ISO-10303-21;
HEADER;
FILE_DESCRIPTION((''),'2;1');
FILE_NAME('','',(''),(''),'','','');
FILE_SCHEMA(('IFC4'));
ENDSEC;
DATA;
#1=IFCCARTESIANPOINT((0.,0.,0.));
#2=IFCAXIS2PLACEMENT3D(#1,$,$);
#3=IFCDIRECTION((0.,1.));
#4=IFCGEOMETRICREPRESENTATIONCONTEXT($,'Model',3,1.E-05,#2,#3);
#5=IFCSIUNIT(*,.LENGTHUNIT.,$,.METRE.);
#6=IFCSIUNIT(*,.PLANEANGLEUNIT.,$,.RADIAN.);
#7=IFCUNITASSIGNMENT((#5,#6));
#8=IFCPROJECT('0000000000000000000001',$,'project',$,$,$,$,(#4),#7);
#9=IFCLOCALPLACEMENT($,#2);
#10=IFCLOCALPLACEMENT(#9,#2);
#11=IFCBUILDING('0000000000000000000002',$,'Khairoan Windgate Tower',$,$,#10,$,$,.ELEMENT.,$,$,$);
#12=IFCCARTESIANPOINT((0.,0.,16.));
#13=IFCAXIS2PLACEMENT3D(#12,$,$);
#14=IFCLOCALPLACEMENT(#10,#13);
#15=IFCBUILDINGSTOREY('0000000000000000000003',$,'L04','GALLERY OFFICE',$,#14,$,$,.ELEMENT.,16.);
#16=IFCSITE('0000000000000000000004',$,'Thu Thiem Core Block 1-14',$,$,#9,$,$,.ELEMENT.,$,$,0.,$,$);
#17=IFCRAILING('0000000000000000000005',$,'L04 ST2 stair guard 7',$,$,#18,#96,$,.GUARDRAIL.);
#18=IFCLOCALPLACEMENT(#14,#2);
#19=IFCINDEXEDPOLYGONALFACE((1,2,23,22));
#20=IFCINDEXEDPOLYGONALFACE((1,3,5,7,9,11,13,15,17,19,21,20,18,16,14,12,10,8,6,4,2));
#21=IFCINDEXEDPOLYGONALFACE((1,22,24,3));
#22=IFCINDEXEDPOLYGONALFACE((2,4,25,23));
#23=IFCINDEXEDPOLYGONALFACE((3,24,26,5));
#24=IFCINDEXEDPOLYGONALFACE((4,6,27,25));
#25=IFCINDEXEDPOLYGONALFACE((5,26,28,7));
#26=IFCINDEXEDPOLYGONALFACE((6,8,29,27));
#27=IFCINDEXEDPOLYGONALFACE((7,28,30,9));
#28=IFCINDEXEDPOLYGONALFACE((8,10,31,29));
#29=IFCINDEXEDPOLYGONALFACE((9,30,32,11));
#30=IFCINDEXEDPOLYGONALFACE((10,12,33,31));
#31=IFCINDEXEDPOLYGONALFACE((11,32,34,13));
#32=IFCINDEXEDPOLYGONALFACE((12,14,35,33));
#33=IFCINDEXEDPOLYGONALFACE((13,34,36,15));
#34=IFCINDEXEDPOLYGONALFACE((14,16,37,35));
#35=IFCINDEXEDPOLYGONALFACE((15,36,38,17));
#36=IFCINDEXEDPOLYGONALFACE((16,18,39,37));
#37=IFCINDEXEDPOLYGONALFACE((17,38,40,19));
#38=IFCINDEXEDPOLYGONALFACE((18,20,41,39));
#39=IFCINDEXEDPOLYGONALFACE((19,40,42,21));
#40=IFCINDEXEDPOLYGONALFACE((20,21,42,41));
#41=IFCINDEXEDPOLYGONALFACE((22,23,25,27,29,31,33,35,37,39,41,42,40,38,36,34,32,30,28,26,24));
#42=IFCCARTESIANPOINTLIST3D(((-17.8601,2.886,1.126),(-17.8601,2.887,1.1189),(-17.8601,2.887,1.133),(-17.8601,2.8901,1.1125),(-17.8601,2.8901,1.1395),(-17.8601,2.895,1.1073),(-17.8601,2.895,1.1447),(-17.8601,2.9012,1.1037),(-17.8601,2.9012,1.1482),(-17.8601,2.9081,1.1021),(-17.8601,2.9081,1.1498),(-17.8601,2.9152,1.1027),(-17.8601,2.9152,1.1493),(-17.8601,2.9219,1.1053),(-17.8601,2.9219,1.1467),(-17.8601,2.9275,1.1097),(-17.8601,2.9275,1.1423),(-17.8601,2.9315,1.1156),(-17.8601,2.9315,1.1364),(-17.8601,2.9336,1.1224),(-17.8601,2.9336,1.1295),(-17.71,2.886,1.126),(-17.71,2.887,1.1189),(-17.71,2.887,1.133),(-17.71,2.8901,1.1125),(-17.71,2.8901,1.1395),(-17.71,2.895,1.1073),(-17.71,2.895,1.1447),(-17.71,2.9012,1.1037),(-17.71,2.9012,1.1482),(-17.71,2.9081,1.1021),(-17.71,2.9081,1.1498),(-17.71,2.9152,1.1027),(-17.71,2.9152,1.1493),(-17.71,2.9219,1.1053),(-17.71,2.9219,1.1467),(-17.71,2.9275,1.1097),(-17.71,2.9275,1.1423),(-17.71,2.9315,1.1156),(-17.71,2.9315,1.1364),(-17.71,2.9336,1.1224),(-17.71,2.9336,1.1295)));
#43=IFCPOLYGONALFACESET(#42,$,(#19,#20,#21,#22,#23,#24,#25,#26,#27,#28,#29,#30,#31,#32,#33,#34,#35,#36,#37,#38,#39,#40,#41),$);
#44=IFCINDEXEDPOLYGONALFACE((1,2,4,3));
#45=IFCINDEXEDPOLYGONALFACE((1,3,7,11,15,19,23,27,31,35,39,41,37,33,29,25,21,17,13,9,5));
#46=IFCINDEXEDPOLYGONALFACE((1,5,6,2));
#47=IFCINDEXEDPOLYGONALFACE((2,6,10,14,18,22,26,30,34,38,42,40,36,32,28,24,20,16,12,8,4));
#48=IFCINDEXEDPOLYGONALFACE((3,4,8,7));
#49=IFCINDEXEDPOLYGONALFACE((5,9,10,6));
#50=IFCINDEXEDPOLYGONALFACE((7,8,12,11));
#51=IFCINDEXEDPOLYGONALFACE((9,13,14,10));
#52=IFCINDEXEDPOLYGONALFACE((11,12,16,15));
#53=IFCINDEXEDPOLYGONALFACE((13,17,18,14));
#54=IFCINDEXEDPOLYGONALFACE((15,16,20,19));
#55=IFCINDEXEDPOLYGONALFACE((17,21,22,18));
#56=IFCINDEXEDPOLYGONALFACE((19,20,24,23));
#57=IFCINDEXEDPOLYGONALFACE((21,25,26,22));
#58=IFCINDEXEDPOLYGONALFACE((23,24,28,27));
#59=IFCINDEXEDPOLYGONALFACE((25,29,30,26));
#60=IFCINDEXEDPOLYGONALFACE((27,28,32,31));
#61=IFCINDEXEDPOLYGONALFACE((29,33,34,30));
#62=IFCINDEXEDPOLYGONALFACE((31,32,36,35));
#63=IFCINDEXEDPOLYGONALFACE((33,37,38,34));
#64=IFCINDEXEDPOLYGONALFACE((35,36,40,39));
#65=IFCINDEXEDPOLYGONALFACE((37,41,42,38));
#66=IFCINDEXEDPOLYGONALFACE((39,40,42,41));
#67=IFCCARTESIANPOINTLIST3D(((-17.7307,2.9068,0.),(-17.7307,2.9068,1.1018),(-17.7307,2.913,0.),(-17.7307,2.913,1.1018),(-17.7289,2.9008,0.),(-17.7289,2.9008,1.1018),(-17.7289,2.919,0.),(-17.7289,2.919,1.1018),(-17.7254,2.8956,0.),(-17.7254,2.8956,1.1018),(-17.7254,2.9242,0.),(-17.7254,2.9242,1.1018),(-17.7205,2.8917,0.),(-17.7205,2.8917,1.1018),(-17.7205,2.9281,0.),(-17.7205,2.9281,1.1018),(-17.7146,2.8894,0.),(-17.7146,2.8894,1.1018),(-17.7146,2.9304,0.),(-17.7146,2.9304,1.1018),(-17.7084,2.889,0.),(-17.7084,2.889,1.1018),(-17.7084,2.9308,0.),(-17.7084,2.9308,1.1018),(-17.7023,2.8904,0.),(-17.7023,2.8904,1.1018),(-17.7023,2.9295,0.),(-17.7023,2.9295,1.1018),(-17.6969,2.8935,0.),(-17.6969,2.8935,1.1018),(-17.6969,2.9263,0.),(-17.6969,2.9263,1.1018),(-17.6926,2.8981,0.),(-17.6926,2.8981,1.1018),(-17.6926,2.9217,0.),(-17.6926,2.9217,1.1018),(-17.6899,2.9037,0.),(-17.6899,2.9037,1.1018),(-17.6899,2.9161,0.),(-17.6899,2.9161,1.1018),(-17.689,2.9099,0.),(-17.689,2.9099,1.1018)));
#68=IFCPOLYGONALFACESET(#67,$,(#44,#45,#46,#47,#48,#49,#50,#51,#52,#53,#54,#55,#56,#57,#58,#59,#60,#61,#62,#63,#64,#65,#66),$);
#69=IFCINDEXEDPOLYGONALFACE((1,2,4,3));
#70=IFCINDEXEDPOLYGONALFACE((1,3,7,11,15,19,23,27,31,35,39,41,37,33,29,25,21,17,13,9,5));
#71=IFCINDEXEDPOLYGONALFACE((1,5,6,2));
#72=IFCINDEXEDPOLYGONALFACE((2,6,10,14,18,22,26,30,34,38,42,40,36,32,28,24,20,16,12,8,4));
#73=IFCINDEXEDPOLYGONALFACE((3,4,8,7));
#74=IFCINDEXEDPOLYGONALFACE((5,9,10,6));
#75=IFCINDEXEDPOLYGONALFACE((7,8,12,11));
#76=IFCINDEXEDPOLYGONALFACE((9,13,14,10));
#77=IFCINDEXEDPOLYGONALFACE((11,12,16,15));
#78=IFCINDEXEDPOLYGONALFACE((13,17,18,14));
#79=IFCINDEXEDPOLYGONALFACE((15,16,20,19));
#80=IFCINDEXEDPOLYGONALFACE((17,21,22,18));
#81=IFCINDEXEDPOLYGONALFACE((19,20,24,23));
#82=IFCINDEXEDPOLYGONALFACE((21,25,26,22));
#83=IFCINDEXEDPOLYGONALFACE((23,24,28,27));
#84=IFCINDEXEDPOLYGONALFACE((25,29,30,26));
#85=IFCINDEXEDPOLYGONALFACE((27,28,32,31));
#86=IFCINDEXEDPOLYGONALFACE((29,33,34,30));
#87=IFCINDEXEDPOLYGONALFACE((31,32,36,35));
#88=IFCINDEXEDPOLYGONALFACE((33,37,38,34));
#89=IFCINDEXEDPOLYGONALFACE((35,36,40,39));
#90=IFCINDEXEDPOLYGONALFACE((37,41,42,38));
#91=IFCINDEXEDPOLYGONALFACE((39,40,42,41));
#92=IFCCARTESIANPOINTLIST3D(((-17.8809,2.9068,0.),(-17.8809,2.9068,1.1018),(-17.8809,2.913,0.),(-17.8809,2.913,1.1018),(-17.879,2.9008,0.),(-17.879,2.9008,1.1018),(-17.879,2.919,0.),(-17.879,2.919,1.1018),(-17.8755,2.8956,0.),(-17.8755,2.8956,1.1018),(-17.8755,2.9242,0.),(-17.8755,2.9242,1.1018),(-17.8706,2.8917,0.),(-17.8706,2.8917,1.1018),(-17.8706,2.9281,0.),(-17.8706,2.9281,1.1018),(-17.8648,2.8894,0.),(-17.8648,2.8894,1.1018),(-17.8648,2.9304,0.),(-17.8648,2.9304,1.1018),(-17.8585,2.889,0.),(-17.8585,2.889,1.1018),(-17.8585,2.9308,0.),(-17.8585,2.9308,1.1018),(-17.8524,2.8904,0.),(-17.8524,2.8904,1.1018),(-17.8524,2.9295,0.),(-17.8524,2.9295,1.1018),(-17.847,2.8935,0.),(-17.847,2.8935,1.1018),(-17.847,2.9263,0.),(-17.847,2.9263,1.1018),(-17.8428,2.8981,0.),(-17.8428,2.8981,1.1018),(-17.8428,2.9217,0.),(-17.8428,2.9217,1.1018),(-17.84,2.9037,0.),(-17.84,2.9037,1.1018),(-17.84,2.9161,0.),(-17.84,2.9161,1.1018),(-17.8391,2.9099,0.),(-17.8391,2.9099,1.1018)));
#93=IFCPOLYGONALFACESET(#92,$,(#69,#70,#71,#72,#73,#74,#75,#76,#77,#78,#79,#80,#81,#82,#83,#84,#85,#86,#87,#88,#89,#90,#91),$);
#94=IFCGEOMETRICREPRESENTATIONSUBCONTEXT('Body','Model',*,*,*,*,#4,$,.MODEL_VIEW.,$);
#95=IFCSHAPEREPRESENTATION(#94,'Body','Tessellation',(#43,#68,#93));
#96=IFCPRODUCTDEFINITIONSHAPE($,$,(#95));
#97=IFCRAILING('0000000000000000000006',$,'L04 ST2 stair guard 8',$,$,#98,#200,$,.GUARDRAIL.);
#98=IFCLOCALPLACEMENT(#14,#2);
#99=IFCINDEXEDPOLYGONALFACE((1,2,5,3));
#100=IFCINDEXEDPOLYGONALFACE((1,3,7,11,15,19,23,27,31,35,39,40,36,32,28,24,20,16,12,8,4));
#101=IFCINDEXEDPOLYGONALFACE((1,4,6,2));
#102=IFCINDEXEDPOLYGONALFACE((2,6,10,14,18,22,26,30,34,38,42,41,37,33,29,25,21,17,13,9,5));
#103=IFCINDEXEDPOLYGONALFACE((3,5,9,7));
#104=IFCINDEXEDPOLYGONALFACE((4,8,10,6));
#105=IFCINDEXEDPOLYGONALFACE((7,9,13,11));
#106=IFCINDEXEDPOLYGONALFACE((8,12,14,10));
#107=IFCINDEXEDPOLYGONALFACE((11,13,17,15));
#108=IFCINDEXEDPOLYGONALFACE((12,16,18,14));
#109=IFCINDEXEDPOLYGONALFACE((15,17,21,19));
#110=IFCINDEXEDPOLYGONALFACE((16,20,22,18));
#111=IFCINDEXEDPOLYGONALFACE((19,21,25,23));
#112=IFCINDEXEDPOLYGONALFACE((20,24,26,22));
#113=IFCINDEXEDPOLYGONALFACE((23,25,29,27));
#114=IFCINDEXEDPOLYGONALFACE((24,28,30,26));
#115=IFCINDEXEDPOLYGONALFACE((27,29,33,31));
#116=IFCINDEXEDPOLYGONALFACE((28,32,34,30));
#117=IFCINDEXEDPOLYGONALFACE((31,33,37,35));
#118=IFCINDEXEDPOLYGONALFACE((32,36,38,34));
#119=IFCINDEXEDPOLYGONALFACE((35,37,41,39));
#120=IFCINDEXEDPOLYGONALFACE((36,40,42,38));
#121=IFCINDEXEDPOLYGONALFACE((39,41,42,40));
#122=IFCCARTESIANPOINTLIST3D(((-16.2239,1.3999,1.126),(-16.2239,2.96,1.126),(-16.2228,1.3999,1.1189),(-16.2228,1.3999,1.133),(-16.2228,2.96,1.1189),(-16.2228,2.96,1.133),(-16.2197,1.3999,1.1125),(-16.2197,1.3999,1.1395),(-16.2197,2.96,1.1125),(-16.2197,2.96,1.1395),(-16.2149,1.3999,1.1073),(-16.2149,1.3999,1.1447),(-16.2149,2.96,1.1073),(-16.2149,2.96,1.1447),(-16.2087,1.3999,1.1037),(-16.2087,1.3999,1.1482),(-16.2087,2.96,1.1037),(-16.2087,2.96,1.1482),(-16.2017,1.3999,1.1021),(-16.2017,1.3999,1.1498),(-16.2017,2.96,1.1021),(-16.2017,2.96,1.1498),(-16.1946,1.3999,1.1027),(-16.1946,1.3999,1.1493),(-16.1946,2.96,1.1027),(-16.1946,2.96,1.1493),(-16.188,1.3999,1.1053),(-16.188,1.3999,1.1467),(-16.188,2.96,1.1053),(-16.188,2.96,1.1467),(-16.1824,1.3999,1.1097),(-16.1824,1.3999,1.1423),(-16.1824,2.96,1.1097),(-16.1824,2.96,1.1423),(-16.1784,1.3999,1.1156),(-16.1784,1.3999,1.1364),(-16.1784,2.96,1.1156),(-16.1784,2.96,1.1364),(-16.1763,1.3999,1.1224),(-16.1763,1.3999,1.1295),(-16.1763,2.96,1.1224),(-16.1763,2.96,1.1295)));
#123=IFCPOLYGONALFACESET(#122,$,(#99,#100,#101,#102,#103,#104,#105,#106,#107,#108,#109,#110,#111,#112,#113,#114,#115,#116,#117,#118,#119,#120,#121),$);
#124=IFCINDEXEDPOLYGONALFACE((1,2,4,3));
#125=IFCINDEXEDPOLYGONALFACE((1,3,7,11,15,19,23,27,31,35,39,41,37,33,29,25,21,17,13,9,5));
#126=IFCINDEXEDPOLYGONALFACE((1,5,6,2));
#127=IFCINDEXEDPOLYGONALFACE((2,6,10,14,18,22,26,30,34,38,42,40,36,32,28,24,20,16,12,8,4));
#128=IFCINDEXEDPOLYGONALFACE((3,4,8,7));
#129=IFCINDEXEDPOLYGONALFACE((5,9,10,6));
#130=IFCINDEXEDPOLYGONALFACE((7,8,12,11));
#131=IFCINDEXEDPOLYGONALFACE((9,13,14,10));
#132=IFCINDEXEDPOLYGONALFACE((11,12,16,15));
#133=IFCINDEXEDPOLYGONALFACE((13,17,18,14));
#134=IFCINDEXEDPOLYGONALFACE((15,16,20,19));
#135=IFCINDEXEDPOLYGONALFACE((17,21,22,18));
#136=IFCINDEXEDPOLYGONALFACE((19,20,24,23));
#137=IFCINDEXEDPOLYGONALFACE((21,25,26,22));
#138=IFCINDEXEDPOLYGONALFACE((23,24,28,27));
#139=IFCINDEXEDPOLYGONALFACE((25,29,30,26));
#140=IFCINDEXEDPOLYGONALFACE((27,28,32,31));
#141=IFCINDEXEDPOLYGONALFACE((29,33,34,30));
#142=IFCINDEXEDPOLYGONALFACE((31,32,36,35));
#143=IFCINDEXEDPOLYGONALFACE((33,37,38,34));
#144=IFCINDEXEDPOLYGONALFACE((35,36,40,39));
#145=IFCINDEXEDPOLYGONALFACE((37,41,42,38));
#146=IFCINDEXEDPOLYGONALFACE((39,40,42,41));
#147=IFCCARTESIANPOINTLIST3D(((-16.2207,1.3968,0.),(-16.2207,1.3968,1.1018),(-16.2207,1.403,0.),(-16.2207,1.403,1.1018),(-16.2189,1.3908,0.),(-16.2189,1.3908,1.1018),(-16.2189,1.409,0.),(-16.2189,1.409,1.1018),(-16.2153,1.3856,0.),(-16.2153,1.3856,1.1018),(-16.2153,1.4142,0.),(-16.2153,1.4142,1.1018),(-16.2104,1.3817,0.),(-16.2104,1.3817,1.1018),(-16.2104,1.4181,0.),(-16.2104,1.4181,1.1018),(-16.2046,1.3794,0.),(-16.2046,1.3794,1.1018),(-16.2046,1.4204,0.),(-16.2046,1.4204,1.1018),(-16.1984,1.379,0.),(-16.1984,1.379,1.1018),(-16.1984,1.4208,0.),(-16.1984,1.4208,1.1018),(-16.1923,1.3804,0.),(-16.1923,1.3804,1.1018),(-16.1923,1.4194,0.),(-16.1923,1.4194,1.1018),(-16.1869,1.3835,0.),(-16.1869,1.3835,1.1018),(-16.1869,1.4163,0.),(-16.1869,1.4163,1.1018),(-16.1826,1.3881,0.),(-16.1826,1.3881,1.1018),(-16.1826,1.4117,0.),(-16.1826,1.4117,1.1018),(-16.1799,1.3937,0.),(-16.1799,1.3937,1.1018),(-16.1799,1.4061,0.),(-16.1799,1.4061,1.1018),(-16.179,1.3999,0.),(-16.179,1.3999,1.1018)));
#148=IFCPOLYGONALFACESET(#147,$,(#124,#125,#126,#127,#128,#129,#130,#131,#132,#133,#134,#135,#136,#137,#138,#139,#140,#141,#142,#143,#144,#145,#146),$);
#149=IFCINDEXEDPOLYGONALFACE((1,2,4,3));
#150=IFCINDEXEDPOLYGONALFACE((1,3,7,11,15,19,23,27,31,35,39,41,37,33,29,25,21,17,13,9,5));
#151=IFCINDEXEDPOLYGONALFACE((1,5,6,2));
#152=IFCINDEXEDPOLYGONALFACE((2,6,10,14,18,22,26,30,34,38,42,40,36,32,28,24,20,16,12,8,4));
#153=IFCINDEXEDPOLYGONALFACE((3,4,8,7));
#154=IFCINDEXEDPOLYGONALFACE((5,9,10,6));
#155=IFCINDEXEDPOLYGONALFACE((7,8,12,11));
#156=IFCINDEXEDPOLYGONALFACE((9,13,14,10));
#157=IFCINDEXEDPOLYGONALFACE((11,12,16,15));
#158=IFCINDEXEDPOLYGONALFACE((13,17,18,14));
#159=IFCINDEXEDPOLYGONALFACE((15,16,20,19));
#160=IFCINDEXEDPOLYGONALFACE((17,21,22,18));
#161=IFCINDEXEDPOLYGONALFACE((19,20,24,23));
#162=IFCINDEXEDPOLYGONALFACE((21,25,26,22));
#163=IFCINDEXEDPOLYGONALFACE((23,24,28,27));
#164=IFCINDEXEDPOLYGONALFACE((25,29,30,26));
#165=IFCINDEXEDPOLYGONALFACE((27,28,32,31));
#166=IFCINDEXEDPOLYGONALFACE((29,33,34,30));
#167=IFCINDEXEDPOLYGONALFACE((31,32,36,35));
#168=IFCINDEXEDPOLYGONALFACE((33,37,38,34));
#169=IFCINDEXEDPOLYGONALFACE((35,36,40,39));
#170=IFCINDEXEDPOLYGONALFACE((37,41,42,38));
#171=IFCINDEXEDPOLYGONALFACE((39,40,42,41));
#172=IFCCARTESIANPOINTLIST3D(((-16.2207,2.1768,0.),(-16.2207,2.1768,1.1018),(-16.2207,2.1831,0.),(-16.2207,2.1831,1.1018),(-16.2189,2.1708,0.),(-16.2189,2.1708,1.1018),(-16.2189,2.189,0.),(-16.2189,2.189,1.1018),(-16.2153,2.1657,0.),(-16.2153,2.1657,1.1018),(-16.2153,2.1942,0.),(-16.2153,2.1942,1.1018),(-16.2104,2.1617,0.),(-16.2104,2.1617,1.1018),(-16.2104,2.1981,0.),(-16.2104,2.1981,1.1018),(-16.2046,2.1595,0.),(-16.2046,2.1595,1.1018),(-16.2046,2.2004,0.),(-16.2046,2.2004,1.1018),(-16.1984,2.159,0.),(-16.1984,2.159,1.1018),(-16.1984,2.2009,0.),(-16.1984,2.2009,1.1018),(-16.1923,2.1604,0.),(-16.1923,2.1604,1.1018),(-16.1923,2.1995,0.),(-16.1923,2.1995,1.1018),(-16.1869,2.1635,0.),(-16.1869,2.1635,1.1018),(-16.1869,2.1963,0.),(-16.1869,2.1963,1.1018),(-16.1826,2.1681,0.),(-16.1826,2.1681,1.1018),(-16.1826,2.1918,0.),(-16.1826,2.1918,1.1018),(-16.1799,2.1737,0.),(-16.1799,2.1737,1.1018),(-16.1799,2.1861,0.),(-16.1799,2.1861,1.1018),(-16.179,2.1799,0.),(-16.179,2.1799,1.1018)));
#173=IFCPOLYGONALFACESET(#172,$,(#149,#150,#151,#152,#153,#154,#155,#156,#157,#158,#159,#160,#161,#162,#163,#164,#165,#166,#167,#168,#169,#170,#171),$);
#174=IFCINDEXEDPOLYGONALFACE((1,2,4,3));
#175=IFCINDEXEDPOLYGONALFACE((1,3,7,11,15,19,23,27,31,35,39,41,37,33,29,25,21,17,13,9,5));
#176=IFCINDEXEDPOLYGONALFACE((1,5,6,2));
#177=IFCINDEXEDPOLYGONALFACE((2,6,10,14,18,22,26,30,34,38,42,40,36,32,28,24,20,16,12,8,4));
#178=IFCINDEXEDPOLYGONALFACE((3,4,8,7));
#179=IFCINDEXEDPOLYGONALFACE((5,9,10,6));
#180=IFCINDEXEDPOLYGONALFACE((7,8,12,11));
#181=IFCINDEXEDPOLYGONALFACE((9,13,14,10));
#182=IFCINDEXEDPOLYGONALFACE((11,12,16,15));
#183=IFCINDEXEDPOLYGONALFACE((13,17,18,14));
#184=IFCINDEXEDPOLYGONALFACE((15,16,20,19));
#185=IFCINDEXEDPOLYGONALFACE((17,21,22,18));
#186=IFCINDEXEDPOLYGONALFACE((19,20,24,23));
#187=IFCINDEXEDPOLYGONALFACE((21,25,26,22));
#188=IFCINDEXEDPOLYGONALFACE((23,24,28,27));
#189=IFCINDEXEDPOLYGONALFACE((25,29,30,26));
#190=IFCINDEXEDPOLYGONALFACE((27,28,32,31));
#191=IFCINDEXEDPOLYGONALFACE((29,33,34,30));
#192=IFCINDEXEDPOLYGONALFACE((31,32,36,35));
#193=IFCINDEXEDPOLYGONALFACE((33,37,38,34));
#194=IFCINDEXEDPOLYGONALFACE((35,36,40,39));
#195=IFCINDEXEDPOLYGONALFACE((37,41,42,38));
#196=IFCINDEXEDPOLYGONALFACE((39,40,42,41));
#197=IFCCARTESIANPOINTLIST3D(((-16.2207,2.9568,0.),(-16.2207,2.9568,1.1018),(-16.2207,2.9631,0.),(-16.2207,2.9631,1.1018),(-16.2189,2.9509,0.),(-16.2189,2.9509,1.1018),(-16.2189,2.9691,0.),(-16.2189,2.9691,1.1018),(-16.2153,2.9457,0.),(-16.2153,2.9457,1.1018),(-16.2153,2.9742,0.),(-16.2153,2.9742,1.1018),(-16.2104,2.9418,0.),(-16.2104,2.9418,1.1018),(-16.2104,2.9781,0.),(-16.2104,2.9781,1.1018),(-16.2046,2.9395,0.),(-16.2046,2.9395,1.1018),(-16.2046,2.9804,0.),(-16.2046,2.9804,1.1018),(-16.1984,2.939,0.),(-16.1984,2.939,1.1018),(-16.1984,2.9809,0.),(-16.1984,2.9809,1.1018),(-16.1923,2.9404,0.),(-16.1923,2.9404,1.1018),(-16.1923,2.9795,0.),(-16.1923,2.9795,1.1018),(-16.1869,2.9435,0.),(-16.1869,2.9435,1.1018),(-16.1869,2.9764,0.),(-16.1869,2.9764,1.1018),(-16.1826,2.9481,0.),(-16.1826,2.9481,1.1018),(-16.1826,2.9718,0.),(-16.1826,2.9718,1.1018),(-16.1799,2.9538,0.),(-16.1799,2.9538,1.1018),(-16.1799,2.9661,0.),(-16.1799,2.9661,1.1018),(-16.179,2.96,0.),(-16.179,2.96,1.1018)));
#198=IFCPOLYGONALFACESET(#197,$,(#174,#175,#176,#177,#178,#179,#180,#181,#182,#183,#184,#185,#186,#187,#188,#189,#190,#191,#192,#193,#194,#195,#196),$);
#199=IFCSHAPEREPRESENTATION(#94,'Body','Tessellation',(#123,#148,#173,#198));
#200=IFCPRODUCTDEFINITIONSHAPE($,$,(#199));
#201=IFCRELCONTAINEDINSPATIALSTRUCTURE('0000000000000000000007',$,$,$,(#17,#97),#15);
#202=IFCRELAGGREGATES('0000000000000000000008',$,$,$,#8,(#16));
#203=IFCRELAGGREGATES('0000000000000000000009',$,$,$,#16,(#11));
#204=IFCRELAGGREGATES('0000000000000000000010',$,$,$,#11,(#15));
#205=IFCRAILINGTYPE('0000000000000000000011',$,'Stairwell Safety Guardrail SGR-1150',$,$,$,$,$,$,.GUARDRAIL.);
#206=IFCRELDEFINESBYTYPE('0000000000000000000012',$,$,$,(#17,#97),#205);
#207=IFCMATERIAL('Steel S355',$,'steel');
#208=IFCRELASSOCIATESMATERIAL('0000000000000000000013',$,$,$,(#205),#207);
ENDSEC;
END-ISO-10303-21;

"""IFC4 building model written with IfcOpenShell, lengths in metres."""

from ifc_helpers import new_model, si_unit, direction, frame, origin, origin_2d, place, context, subcontext, project, spatial, circle, extrude, material, type_object, element, save


model = new_model("IFC4")

# Units and contexts
model_context = context("Model", 3, precision=1e-05, world=origin(), true_north=direction((0.0, 1.0)))
body_context = subcontext(model_context, "Body", "Model", "MODEL_VIEW")
ifc_project = project(units=[si_unit("LENGTHUNIT", "METRE"), si_unit("PLANEANGLEUNIT", "RADIAN")], contexts=[model_context])

# Site, building, storey
site_placement = place(None, origin())
site = spatial("IfcSite", under=ifc_project, at=site_placement, Name="Thu Thiem Core Block 1-14", CompositionType="ELEMENT", RefElevation=0.0)
building_placement = place(site_placement, origin())
building = spatial("IfcBuilding", under=site, at=building_placement, Name="Khairoan Windgate Tower", CompositionType="ELEMENT")
storey_placement = place(building_placement, frame((0.0, 0.0, 16.0)))
storey = spatial("IfcBuildingStorey", under=building, at=storey_placement, Name="L04", Description="GALLERY OFFICE", CompositionType="ELEMENT", Elevation=16.0)

# Railings
ifc_material_1 = material(Name="Steel S355", Category="steel")
railing_type_1 = type_object("IfcRailingType", Name="Stairwell Safety Guardrail SGR-1150", PredefinedType="GUARDRAIL", material=ifc_material_1)
railing_1_placement = place(storey_placement, frame((-17.71, 2.9099, 0.0)))
element("IfcRailing", 1, at=railing_1_placement, inside=storey, type_object=railing_type_1, Name="L04 ST2 stair guard 7", PredefinedType="GUARDRAIL", context=body_context, shape_type="SweptSolid", body=[
    extrude(circle(Radius=0.0239, at=origin_2d()), frame((0.0, 0.0, 1.126), z_axis=(-1.0, 0.0, 0.0), x_axis=(0.0, -1.0, 0.0)), (0.0, 0.0, 1.0), 0.1501),
    extrude(circle(Radius=0.021, at=origin_2d()), origin(), (0.0, 0.0, 1.0), 1.1018),
    extrude(circle(Radius=0.021, at=origin_2d()), frame((-0.1501, 0.0, 0.0)), (0.0, 0.0, 1.0), 1.1018),
])
railing_2_placement = place(storey_placement, frame((-16.2, 1.3999, 0.0)))
element("IfcRailing", 2, at=railing_2_placement, inside=storey, type_object=railing_type_1, Name="L04 ST2 stair guard 8", PredefinedType="GUARDRAIL", context=body_context, shape_type="SweptSolid", body=[
    extrude(circle(Radius=0.0239, at=origin_2d()), frame((0.0, 0.0, 1.126), z_axis=(0.0, 1.0, 0.0), x_axis=(-1.0, 0.0, 0.0)), (0.0, 0.0, 1.0), 1.5601),
    extrude(circle(Radius=0.021, at=origin_2d()), origin(), (0.0, 0.0, 1.0), 1.1018),
    extrude(circle(Radius=0.021, at=origin_2d()), frame((0.0, 0.78, 0.0)), (0.0, 0.0, 1.0), 1.1018),
    extrude(circle(Radius=0.021, at=origin_2d()), frame((0.0, 1.5601, 0.0)), (0.0, 0.0, 1.0), 1.1018),
])

save(model, "model.ifc")
